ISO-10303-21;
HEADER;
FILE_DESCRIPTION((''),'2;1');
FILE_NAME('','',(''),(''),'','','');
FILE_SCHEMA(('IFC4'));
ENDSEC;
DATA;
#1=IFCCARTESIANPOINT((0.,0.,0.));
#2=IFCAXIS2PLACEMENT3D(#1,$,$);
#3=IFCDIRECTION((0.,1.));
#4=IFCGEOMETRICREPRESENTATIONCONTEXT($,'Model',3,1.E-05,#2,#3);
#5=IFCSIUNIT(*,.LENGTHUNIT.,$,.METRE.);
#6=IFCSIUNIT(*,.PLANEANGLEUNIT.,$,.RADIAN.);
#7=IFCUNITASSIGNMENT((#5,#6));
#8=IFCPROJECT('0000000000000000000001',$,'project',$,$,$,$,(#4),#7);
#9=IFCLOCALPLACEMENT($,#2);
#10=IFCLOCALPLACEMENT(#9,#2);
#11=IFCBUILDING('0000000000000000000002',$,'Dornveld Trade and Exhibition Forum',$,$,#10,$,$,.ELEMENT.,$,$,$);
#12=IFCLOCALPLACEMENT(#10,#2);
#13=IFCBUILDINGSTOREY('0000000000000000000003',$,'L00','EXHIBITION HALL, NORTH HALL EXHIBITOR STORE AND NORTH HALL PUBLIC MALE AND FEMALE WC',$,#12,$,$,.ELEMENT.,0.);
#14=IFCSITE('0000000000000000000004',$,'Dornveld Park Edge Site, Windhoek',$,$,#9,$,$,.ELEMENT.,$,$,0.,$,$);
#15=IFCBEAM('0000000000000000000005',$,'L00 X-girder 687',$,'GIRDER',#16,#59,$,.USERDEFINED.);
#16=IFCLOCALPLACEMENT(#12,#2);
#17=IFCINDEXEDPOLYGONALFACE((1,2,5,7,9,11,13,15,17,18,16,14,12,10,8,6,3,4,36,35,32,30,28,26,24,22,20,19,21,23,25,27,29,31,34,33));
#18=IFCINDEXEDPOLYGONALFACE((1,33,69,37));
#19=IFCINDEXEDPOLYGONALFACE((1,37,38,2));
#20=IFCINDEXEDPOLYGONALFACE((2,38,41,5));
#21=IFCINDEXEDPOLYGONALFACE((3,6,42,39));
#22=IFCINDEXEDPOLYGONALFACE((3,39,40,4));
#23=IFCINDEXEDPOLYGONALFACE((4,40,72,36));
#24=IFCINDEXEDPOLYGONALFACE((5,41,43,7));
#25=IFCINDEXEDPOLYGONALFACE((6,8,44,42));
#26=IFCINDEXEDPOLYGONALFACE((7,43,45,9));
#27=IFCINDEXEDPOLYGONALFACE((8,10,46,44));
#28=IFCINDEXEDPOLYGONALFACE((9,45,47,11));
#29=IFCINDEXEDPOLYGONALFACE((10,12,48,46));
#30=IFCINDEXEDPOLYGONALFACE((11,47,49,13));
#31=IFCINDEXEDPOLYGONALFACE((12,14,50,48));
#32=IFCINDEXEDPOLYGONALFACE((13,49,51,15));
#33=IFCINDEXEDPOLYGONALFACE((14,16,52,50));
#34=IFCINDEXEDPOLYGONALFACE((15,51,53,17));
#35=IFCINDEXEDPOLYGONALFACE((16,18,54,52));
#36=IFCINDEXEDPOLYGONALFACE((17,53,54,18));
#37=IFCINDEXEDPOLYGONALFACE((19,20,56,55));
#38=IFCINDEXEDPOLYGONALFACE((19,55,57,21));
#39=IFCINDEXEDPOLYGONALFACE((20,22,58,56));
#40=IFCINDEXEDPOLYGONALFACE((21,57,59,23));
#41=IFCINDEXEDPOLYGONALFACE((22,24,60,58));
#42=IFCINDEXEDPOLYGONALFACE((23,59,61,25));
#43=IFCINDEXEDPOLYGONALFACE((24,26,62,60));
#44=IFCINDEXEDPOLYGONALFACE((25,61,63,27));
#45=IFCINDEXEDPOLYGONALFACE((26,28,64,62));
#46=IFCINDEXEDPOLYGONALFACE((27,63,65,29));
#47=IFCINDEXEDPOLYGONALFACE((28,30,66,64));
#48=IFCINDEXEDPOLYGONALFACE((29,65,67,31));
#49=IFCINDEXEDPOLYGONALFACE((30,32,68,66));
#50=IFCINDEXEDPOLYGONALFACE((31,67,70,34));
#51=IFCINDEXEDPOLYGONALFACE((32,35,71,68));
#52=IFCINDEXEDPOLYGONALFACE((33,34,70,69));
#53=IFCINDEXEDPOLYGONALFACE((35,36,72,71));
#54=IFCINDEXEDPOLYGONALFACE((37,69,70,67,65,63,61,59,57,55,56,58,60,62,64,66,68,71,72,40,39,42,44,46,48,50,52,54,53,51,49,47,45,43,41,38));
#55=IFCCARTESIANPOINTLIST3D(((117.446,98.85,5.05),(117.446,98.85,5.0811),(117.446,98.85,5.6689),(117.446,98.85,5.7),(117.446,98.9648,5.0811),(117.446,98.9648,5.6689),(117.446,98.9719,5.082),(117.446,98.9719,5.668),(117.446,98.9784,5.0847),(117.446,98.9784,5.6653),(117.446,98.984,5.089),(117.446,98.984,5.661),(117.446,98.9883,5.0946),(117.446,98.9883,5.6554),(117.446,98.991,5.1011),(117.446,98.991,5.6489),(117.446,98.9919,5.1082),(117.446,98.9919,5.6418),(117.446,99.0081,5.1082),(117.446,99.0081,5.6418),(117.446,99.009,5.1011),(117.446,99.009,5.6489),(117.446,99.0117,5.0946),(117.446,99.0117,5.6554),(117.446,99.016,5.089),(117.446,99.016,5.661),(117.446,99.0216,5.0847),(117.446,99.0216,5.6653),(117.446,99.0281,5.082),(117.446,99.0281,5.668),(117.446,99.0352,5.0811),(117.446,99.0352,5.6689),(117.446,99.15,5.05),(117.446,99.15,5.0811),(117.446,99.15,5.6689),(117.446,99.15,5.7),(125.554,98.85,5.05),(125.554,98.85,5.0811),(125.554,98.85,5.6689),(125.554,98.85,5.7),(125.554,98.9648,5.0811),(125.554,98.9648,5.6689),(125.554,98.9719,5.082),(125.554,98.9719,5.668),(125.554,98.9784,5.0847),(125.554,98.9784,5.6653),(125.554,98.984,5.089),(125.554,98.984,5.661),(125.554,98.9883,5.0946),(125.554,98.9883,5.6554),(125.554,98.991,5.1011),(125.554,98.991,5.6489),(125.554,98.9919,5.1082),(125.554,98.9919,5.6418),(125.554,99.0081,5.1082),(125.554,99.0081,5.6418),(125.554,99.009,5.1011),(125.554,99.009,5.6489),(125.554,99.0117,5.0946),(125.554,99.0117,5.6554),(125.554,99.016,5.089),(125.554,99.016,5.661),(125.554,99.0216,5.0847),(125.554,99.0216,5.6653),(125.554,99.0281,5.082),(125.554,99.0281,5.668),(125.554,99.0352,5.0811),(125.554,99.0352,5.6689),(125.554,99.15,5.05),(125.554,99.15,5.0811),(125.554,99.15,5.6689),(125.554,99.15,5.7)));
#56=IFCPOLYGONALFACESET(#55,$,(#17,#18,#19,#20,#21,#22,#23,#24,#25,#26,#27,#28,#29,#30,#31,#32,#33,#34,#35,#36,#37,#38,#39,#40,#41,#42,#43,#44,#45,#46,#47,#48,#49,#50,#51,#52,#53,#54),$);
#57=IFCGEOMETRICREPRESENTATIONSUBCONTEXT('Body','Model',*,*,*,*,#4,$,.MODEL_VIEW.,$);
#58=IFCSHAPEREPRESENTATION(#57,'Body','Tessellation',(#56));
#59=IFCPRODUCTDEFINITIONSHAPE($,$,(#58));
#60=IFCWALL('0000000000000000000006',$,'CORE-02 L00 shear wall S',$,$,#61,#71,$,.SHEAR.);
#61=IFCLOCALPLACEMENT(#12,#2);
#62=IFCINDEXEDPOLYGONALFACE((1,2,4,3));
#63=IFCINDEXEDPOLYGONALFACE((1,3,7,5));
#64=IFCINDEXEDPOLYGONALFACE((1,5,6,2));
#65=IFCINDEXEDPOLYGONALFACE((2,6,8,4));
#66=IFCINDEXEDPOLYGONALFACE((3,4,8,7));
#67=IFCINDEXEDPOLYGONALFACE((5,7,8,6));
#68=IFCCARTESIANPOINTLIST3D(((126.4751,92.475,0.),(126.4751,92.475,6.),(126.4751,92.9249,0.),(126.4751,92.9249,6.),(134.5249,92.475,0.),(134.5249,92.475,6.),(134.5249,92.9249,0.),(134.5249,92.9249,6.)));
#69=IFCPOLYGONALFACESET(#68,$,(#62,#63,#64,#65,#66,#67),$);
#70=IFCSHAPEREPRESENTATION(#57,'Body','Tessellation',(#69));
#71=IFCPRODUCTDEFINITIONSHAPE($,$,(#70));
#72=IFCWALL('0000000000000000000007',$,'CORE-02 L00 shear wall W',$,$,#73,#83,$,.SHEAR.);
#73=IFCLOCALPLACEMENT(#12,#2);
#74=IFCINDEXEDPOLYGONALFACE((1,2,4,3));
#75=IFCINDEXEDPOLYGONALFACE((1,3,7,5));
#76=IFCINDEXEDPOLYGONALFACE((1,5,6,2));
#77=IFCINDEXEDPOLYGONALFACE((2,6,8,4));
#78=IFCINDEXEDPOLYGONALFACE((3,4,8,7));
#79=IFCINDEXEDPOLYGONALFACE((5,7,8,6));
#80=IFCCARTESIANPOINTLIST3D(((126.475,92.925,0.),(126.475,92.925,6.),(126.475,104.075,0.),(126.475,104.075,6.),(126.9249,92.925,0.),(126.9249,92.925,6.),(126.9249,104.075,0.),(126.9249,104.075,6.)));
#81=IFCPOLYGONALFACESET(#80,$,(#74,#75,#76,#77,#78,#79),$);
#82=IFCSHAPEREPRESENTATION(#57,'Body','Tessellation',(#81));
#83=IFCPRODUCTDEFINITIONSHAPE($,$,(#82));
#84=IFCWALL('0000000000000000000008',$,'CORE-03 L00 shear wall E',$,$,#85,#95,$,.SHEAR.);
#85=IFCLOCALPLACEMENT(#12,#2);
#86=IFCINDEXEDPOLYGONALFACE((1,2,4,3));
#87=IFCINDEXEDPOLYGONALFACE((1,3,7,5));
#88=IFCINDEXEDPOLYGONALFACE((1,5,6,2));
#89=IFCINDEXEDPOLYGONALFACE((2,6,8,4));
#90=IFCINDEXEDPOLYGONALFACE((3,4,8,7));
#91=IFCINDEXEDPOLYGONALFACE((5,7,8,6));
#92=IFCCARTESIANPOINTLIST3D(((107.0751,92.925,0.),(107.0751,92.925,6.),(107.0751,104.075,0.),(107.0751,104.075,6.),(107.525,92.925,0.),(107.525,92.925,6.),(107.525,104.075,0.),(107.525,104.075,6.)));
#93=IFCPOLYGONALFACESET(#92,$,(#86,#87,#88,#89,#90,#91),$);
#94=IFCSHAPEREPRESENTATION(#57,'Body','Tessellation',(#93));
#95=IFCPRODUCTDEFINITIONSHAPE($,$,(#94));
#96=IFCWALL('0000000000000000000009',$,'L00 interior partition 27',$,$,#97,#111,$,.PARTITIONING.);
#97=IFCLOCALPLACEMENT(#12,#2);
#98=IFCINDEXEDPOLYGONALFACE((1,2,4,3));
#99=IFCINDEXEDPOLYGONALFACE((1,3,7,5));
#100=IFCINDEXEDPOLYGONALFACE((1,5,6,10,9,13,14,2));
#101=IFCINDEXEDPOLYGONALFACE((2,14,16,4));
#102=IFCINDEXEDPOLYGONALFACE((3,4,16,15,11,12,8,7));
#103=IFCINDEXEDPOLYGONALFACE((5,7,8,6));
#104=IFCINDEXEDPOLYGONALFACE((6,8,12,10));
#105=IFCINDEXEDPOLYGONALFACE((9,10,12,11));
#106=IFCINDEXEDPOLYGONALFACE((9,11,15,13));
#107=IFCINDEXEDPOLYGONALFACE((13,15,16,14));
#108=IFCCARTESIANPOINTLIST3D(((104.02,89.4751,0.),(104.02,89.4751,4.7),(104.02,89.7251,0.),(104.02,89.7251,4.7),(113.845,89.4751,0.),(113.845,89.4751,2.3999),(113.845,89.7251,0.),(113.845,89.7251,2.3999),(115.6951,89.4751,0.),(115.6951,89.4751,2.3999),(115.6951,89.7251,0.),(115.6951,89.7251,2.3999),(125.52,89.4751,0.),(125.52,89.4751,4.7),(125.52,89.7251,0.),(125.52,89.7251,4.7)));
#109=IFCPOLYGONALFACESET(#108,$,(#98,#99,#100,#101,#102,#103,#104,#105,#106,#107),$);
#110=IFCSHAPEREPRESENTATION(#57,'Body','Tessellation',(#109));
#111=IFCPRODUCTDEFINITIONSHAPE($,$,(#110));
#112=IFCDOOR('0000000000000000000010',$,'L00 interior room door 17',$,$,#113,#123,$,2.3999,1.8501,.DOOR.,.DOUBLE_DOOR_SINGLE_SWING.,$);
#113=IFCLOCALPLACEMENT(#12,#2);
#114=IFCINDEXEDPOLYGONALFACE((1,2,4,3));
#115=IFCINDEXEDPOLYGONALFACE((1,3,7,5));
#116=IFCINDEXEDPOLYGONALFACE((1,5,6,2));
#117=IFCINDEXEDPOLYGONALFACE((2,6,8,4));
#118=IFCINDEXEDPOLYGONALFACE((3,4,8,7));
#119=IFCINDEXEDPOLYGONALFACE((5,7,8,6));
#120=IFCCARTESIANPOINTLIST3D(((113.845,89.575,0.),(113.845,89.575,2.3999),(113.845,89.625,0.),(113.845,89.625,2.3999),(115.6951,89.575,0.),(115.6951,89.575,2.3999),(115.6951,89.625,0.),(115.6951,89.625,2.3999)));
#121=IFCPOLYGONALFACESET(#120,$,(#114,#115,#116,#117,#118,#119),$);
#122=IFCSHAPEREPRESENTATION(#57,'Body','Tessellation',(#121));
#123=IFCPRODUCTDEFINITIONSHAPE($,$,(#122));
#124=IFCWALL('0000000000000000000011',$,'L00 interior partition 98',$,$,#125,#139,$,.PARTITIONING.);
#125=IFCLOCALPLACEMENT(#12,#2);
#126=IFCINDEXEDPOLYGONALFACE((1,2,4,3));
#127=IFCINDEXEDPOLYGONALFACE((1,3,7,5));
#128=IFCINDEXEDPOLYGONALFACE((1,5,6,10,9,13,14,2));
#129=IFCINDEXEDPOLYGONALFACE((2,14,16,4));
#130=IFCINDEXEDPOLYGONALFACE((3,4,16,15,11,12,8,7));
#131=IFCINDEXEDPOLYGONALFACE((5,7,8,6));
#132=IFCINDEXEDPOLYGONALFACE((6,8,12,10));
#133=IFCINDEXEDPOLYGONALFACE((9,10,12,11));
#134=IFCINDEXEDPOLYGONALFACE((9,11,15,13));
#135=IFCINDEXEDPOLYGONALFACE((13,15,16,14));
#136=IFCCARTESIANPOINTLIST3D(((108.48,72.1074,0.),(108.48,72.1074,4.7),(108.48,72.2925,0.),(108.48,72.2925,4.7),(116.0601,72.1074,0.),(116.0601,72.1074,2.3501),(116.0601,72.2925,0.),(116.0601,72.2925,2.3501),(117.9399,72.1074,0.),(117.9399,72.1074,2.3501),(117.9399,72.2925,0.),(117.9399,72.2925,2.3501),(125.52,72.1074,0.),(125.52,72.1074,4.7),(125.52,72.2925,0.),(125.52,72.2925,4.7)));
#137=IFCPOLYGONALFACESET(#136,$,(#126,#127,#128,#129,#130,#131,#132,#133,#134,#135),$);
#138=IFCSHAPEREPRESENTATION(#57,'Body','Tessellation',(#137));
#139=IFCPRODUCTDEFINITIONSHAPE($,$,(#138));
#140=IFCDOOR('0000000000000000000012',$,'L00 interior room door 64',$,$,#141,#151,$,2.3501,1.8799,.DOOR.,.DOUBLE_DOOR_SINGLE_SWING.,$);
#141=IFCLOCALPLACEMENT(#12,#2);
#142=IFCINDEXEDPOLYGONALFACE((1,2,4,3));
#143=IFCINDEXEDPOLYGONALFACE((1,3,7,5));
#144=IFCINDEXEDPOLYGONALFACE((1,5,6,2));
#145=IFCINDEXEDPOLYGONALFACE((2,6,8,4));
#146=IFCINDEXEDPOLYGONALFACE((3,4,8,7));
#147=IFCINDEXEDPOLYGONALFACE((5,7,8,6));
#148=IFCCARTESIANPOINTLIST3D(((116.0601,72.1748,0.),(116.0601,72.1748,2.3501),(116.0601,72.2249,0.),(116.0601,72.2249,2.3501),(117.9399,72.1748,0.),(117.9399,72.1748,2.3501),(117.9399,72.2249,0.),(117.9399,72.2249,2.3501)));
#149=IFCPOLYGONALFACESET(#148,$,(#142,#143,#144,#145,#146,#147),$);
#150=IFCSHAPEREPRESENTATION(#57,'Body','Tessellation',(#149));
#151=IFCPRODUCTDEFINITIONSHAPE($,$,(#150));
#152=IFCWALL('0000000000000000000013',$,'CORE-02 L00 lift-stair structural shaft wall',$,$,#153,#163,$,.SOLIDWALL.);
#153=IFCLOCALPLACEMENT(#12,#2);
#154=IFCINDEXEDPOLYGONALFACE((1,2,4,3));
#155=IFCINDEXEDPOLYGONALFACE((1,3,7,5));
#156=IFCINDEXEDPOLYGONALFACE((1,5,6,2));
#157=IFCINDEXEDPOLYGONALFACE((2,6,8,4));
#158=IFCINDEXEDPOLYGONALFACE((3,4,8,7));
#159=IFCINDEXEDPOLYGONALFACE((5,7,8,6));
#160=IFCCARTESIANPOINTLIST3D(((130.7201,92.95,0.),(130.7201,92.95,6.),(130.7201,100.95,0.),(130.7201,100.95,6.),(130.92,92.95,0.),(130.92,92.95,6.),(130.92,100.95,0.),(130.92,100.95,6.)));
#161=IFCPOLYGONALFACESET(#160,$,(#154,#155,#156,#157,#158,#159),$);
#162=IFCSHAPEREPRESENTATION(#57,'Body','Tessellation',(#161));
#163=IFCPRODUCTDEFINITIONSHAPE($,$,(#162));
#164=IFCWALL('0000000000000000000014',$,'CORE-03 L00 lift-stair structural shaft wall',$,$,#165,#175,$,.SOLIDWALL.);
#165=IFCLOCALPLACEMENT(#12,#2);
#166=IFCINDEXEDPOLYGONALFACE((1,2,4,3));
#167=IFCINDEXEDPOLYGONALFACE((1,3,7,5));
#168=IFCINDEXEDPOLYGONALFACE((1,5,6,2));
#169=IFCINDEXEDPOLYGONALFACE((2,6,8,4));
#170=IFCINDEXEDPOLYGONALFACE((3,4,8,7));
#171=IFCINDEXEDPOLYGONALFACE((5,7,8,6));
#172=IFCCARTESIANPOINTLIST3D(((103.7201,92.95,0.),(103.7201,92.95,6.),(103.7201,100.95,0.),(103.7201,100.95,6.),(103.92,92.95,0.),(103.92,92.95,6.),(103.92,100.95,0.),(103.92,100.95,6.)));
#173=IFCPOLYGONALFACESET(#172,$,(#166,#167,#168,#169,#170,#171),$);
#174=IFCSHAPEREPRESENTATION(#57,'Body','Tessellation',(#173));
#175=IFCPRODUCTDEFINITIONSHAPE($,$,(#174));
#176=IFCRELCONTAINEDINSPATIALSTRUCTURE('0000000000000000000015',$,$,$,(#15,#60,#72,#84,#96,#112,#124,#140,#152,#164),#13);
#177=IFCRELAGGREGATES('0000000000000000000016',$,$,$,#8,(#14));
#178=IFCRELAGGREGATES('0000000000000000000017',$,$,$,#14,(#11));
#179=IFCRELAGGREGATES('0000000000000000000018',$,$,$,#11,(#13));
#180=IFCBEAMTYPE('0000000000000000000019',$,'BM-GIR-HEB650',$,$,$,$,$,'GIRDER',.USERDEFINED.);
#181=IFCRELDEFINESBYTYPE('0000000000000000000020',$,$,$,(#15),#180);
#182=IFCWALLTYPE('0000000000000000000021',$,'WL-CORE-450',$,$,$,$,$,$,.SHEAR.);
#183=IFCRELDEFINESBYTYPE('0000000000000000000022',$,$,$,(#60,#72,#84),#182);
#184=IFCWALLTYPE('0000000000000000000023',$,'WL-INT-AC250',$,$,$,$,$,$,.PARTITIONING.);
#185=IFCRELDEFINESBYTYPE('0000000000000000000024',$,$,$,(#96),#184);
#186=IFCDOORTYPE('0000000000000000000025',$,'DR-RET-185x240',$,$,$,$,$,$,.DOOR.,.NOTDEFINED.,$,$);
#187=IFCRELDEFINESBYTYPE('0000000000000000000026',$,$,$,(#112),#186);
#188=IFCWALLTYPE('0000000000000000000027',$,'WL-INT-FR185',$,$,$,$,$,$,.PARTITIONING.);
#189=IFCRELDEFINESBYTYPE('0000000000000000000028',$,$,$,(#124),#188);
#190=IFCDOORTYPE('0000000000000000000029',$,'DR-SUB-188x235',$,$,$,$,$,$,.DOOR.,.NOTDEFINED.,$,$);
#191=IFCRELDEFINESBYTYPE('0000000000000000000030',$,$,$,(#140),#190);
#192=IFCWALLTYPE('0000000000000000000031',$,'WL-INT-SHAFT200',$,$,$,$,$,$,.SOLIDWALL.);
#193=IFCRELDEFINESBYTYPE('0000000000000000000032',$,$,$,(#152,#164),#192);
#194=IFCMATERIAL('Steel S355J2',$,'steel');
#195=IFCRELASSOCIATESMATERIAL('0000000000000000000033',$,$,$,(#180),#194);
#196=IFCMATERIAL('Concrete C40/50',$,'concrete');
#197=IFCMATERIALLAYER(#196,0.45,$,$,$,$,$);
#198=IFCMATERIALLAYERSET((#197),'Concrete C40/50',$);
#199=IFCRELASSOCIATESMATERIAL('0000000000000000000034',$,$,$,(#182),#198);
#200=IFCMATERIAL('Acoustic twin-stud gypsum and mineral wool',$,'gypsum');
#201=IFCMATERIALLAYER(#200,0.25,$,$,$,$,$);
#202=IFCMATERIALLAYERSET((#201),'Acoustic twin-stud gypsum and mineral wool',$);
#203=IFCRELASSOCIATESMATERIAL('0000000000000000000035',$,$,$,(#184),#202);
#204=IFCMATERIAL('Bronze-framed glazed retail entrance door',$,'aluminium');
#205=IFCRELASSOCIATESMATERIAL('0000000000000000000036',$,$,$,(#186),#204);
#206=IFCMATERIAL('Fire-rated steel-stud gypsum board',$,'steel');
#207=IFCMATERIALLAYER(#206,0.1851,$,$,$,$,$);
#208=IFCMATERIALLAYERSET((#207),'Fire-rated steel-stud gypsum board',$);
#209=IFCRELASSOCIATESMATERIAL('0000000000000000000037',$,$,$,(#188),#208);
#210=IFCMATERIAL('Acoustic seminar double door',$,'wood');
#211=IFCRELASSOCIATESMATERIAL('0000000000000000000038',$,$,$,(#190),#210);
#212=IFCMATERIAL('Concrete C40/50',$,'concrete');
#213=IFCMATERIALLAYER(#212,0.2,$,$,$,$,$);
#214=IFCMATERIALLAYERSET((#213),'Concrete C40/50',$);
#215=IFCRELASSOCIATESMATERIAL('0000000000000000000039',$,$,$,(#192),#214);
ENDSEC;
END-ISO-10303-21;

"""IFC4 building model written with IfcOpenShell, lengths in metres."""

from ifc_helpers import new_model, si_unit, direction, frame, frame_2d, origin, origin_2d, place, context, subcontext, project, spatial, rectangle, i_section, extrude, material, layer, layer_set, material_profile, profile_set, type_object, element, fill, save


model = new_model("IFC4")

# Units and contexts
model_context = context("Model", 3, precision=1e-05, world=origin(), true_north=direction((0.0, 1.0)))
body_context = subcontext(model_context, "Body", "Model", "MODEL_VIEW")
ifc_project = project(units=[si_unit("LENGTHUNIT", "METRE"), si_unit("PLANEANGLEUNIT", "RADIAN")], contexts=[model_context])

# Site, building, storey
site_placement = place(None, origin())
site = spatial("IfcSite", under=ifc_project, at=site_placement, Name="Dornveld Park Edge Site, Windhoek", CompositionType="ELEMENT", RefElevation=0.0)
building_placement = place(site_placement, origin())
building = spatial("IfcBuilding", under=site, at=building_placement, Name="Dornveld Trade and Exhibition Forum", CompositionType="ELEMENT")
storey_placement = place(building_placement, origin())
storey = spatial("IfcBuildingStorey", under=building, at=storey_placement, Name="L00", Description="EXHIBITION HALL, NORTH HALL EXHIBITOR STORE AND NORTH HALL PUBLIC MALE AND FEMALE WC", CompositionType="ELEMENT", Elevation=0.0)

# Beam
ifc_material_1 = material(Name="Steel S355J2", Category="steel")
ifc_material_profile_1 = material_profile(ifc_material_1, i_section(OverallWidth=0.3, OverallDepth=0.6499, WebThickness=0.0161, FlangeThickness=0.031, FilletRadius=0.0271, at=origin_2d()), Name="HEB 650")
ifc_profile_set_1 = profile_set([ifc_material_profile_1], Name="Steel S355J2")
beam_type = type_object("IfcBeamType", Name="BM-GIR-HEB650", ElementType="GIRDER", PredefinedType="USERDEFINED", material=ifc_profile_set_1)
for number, where, z_axis, x_axis, name in (
    (1, (117.446, 99.0, 5.375), (1.0, 0.0, 0.0), (0.0, 1.0, 0.0), "L00 X-girder 687"),
):
    element("IfcBeam", number, at=place(storey_placement, frame(where, z_axis=z_axis, x_axis=x_axis)), inside=storey, type_object=beam_type, Name=name, ObjectType="GIRDER", PredefinedType="USERDEFINED", context=body_context, shape_type="SweptSolid", body=[
        extrude(i_section(OverallWidth=0.3, OverallDepth=0.6499, WebThickness=0.0161, FlangeThickness=0.031, FilletRadius=0.0271, at=origin_2d()), origin(), (0.0, 0.0, 1.0), 8.1079),
    ])

# Walls
ifc_material_2 = material(Name="Concrete C40/50", Category="concrete")
ifc_layer_1 = layer(ifc_material_2, 0.45)
ifc_layer_set_1 = layer_set([ifc_layer_1], Name="Concrete C40/50")
wall_type_1 = type_object("IfcWallType", Name="WL-CORE-450", PredefinedType="SHEAR", material=ifc_layer_set_1)
wall_1_placement = place(storey_placement, frame((126.4751, 92.7, 0.0), z_axis=(0.0, 0.0, 1.0), x_axis=(1.0, 0.0, 0.0)))
element("IfcWall", 2, at=wall_1_placement, inside=storey, type_object=wall_type_1, Name="CORE-02 L00 shear wall S", PredefinedType="SHEAR", context=body_context, shape_type="SweptSolid", body=[
    extrude(rectangle(XDim=8.0498, YDim=0.45, at=frame_2d((4.0249, 0.0))), origin(), (0.0, 0.0, 1.0), 6.0),
])
for number, where, z_axis, x_axis, name in (
    (3, (126.7, 92.925, 0.0), (0.0, 0.0, 1.0), (0.0, 1.0, 0.0), "CORE-02 L00 shear wall W"),
    (4, (107.3, 92.925, 0.0), (0.0, 0.0, 1.0), (0.0, 1.0, 0.0), "CORE-03 L00 shear wall E"),
):
    element("IfcWall", number, at=place(storey_placement, frame(where, z_axis=z_axis, x_axis=x_axis)), inside=storey, type_object=wall_type_1, Name=name, PredefinedType="SHEAR", context=body_context, shape_type="SweptSolid", body=[
        extrude(rectangle(XDim=11.1499, YDim=0.45, at=frame_2d((5.575, 0.0))), origin(), (0.0, 0.0, 1.0), 6.0),
    ])

# Walls, openings, doors
ifc_material_3 = material(Name="Acoustic twin-stud gypsum and mineral wool", Category="gypsum")
ifc_layer_2 = layer(ifc_material_3, 0.25)
ifc_layer_set_2 = layer_set([ifc_layer_2], Name="Acoustic twin-stud gypsum and mineral wool")
wall_type_2 = type_object("IfcWallType", Name="WL-INT-AC250", PredefinedType="PARTITIONING", material=ifc_layer_set_2)
wall_2_placement = place(storey_placement, frame((104.02, 89.6001, 0.0), z_axis=(0.0, 0.0, 1.0), x_axis=(1.0, 0.0, 0.0)))
wall_2 = element("IfcWall", 5, at=wall_2_placement, inside=storey, type_object=wall_type_2, Name="L00 interior partition 27", PredefinedType="PARTITIONING", context=body_context, shape_type="SweptSolid", body=[
    extrude(rectangle(XDim=21.5, YDim=0.25, at=frame_2d((10.75, 0.0))), origin(), (0.0, 0.0, 1.0), 4.7),
])
opening_1_placement = place(wall_2_placement, frame((9.825, 0.0, 0.0)))
opening_1 = element("IfcOpeningElement", 6, at=opening_1_placement, cuts=wall_2, PredefinedType="OPENING", context=body_context, shape_type="SweptSolid", body=[
    extrude(rectangle(XDim=1.8501, YDim=2.3999, at=frame_2d((0.925, 1.2))), frame((0.0, 0.135, 0.0), z_axis=(0.0, -1.0, 0.0), x_axis=(1.0, 0.0, 0.0)), (0.0, 0.0, 1.0), 0.27),
])
ifc_material_4 = material(Name="Bronze-framed glazed retail entrance door", Category="aluminium")
door_type_1 = type_object("IfcDoorType", Name="DR-RET-185x240", OperationType="NOTDEFINED", PredefinedType="DOOR", material=ifc_material_4)
door_1_placement = place(opening_1_placement, origin())
door_1 = element("IfcDoor", 7, at=door_1_placement, inside=storey, type_object=door_type_1, Name="L00 interior room door 17", OperationType="DOUBLE_DOOR_SINGLE_SWING", OverallHeight=2.3999, OverallWidth=1.8501, PredefinedType="DOOR", context=body_context, shape_type="SweptSolid", body=[
    extrude(rectangle(XDim=1.8501, YDim=2.3999, at=frame_2d((0.925, 1.2))), frame((0.0, 0.0249, 0.0), z_axis=(0.0, -1.0, 0.0), x_axis=(1.0, 0.0, 0.0)), (0.0, 0.0, 1.0), 0.05),
])
fill(opening_1, door_1)
ifc_material_5 = material(Name="Fire-rated steel-stud gypsum board", Category="steel")
ifc_layer_3 = layer(ifc_material_5, 0.1851)
ifc_layer_set_3 = layer_set([ifc_layer_3], Name="Fire-rated steel-stud gypsum board")
wall_type_3 = type_object("IfcWallType", Name="WL-INT-FR185", PredefinedType="PARTITIONING", material=ifc_layer_set_3)
wall_3_placement = place(storey_placement, frame((108.48, 72.2, 0.0), z_axis=(0.0, 0.0, 1.0), x_axis=(1.0, 0.0, 0.0)))
wall_3 = element("IfcWall", 8, at=wall_3_placement, inside=storey, type_object=wall_type_3, Name="L00 interior partition 98", PredefinedType="PARTITIONING", context=body_context, shape_type="SweptSolid", body=[
    extrude(rectangle(XDim=17.04, YDim=0.1851, at=frame_2d((8.52, 0.0))), origin(), (0.0, 0.0, 1.0), 4.7),
])
opening_2_placement = place(wall_3_placement, frame((7.5801, 0.0, 0.0)))
opening_2 = element("IfcOpeningElement", 9, at=opening_2_placement, cuts=wall_3, PredefinedType="OPENING", context=body_context, shape_type="SweptSolid", body=[
    extrude(rectangle(XDim=1.8799, YDim=2.3501, at=frame_2d((0.9399, 1.175))), frame((0.0, 0.1025, 0.0), z_axis=(0.0, -1.0, 0.0), x_axis=(1.0, 0.0, 0.0)), (0.0, 0.0, 1.0), 0.2051),
])
ifc_material_6 = material(Name="Acoustic seminar double door", Category="wood")
door_type_2 = type_object("IfcDoorType", Name="DR-SUB-188x235", OperationType="NOTDEFINED", PredefinedType="DOOR", material=ifc_material_6)
door_2_placement = place(opening_2_placement, origin())
door_2 = element("IfcDoor", 10, at=door_2_placement, inside=storey, type_object=door_type_2, Name="L00 interior room door 64", OperationType="DOUBLE_DOOR_SINGLE_SWING", OverallHeight=2.3501, OverallWidth=1.8799, PredefinedType="DOOR", context=body_context, shape_type="SweptSolid", body=[
    extrude(rectangle(XDim=1.8799, YDim=2.3501, at=frame_2d((0.9399, 1.175))), frame((0.0, 0.0249, 0.0), z_axis=(0.0, -1.0, 0.0), x_axis=(1.0, 0.0, 0.0)), (0.0, 0.0, 1.0), 0.05),
])
fill(opening_2, door_2)

# Walls
ifc_material_7 = material(Name="Concrete C40/50", Category="concrete")
ifc_layer_4 = layer(ifc_material_7, 0.2)
ifc_layer_set_4 = layer_set([ifc_layer_4], Name="Concrete C40/50")
wall_type_4 = type_object("IfcWallType", Name="WL-INT-SHAFT200", PredefinedType="SOLIDWALL", material=ifc_layer_set_4)
for number, where, z_axis, x_axis, name in (
    (11, (130.8201, 92.95, 0.0), (0.0, 0.0, 1.0), (0.0, 1.0, 0.0), "CORE-02 L00 lift-stair structural shaft wall"),
    (12, (103.8201, 92.95, 0.0), (0.0, 0.0, 1.0), (0.0, 1.0, 0.0), "CORE-03 L00 lift-stair structural shaft wall"),
):
    element("IfcWall", number, at=place(storey_placement, frame(where, z_axis=z_axis, x_axis=x_axis)), inside=storey, type_object=wall_type_4, Name=name, PredefinedType="SOLIDWALL", context=body_context, shape_type="SweptSolid", body=[
        extrude(rectangle(XDim=8.0, YDim=0.2, at=frame_2d((4.0, 0.0))), origin(), (0.0, 0.0, 1.0), 6.0),
    ])

save(model, "model.ifc")
